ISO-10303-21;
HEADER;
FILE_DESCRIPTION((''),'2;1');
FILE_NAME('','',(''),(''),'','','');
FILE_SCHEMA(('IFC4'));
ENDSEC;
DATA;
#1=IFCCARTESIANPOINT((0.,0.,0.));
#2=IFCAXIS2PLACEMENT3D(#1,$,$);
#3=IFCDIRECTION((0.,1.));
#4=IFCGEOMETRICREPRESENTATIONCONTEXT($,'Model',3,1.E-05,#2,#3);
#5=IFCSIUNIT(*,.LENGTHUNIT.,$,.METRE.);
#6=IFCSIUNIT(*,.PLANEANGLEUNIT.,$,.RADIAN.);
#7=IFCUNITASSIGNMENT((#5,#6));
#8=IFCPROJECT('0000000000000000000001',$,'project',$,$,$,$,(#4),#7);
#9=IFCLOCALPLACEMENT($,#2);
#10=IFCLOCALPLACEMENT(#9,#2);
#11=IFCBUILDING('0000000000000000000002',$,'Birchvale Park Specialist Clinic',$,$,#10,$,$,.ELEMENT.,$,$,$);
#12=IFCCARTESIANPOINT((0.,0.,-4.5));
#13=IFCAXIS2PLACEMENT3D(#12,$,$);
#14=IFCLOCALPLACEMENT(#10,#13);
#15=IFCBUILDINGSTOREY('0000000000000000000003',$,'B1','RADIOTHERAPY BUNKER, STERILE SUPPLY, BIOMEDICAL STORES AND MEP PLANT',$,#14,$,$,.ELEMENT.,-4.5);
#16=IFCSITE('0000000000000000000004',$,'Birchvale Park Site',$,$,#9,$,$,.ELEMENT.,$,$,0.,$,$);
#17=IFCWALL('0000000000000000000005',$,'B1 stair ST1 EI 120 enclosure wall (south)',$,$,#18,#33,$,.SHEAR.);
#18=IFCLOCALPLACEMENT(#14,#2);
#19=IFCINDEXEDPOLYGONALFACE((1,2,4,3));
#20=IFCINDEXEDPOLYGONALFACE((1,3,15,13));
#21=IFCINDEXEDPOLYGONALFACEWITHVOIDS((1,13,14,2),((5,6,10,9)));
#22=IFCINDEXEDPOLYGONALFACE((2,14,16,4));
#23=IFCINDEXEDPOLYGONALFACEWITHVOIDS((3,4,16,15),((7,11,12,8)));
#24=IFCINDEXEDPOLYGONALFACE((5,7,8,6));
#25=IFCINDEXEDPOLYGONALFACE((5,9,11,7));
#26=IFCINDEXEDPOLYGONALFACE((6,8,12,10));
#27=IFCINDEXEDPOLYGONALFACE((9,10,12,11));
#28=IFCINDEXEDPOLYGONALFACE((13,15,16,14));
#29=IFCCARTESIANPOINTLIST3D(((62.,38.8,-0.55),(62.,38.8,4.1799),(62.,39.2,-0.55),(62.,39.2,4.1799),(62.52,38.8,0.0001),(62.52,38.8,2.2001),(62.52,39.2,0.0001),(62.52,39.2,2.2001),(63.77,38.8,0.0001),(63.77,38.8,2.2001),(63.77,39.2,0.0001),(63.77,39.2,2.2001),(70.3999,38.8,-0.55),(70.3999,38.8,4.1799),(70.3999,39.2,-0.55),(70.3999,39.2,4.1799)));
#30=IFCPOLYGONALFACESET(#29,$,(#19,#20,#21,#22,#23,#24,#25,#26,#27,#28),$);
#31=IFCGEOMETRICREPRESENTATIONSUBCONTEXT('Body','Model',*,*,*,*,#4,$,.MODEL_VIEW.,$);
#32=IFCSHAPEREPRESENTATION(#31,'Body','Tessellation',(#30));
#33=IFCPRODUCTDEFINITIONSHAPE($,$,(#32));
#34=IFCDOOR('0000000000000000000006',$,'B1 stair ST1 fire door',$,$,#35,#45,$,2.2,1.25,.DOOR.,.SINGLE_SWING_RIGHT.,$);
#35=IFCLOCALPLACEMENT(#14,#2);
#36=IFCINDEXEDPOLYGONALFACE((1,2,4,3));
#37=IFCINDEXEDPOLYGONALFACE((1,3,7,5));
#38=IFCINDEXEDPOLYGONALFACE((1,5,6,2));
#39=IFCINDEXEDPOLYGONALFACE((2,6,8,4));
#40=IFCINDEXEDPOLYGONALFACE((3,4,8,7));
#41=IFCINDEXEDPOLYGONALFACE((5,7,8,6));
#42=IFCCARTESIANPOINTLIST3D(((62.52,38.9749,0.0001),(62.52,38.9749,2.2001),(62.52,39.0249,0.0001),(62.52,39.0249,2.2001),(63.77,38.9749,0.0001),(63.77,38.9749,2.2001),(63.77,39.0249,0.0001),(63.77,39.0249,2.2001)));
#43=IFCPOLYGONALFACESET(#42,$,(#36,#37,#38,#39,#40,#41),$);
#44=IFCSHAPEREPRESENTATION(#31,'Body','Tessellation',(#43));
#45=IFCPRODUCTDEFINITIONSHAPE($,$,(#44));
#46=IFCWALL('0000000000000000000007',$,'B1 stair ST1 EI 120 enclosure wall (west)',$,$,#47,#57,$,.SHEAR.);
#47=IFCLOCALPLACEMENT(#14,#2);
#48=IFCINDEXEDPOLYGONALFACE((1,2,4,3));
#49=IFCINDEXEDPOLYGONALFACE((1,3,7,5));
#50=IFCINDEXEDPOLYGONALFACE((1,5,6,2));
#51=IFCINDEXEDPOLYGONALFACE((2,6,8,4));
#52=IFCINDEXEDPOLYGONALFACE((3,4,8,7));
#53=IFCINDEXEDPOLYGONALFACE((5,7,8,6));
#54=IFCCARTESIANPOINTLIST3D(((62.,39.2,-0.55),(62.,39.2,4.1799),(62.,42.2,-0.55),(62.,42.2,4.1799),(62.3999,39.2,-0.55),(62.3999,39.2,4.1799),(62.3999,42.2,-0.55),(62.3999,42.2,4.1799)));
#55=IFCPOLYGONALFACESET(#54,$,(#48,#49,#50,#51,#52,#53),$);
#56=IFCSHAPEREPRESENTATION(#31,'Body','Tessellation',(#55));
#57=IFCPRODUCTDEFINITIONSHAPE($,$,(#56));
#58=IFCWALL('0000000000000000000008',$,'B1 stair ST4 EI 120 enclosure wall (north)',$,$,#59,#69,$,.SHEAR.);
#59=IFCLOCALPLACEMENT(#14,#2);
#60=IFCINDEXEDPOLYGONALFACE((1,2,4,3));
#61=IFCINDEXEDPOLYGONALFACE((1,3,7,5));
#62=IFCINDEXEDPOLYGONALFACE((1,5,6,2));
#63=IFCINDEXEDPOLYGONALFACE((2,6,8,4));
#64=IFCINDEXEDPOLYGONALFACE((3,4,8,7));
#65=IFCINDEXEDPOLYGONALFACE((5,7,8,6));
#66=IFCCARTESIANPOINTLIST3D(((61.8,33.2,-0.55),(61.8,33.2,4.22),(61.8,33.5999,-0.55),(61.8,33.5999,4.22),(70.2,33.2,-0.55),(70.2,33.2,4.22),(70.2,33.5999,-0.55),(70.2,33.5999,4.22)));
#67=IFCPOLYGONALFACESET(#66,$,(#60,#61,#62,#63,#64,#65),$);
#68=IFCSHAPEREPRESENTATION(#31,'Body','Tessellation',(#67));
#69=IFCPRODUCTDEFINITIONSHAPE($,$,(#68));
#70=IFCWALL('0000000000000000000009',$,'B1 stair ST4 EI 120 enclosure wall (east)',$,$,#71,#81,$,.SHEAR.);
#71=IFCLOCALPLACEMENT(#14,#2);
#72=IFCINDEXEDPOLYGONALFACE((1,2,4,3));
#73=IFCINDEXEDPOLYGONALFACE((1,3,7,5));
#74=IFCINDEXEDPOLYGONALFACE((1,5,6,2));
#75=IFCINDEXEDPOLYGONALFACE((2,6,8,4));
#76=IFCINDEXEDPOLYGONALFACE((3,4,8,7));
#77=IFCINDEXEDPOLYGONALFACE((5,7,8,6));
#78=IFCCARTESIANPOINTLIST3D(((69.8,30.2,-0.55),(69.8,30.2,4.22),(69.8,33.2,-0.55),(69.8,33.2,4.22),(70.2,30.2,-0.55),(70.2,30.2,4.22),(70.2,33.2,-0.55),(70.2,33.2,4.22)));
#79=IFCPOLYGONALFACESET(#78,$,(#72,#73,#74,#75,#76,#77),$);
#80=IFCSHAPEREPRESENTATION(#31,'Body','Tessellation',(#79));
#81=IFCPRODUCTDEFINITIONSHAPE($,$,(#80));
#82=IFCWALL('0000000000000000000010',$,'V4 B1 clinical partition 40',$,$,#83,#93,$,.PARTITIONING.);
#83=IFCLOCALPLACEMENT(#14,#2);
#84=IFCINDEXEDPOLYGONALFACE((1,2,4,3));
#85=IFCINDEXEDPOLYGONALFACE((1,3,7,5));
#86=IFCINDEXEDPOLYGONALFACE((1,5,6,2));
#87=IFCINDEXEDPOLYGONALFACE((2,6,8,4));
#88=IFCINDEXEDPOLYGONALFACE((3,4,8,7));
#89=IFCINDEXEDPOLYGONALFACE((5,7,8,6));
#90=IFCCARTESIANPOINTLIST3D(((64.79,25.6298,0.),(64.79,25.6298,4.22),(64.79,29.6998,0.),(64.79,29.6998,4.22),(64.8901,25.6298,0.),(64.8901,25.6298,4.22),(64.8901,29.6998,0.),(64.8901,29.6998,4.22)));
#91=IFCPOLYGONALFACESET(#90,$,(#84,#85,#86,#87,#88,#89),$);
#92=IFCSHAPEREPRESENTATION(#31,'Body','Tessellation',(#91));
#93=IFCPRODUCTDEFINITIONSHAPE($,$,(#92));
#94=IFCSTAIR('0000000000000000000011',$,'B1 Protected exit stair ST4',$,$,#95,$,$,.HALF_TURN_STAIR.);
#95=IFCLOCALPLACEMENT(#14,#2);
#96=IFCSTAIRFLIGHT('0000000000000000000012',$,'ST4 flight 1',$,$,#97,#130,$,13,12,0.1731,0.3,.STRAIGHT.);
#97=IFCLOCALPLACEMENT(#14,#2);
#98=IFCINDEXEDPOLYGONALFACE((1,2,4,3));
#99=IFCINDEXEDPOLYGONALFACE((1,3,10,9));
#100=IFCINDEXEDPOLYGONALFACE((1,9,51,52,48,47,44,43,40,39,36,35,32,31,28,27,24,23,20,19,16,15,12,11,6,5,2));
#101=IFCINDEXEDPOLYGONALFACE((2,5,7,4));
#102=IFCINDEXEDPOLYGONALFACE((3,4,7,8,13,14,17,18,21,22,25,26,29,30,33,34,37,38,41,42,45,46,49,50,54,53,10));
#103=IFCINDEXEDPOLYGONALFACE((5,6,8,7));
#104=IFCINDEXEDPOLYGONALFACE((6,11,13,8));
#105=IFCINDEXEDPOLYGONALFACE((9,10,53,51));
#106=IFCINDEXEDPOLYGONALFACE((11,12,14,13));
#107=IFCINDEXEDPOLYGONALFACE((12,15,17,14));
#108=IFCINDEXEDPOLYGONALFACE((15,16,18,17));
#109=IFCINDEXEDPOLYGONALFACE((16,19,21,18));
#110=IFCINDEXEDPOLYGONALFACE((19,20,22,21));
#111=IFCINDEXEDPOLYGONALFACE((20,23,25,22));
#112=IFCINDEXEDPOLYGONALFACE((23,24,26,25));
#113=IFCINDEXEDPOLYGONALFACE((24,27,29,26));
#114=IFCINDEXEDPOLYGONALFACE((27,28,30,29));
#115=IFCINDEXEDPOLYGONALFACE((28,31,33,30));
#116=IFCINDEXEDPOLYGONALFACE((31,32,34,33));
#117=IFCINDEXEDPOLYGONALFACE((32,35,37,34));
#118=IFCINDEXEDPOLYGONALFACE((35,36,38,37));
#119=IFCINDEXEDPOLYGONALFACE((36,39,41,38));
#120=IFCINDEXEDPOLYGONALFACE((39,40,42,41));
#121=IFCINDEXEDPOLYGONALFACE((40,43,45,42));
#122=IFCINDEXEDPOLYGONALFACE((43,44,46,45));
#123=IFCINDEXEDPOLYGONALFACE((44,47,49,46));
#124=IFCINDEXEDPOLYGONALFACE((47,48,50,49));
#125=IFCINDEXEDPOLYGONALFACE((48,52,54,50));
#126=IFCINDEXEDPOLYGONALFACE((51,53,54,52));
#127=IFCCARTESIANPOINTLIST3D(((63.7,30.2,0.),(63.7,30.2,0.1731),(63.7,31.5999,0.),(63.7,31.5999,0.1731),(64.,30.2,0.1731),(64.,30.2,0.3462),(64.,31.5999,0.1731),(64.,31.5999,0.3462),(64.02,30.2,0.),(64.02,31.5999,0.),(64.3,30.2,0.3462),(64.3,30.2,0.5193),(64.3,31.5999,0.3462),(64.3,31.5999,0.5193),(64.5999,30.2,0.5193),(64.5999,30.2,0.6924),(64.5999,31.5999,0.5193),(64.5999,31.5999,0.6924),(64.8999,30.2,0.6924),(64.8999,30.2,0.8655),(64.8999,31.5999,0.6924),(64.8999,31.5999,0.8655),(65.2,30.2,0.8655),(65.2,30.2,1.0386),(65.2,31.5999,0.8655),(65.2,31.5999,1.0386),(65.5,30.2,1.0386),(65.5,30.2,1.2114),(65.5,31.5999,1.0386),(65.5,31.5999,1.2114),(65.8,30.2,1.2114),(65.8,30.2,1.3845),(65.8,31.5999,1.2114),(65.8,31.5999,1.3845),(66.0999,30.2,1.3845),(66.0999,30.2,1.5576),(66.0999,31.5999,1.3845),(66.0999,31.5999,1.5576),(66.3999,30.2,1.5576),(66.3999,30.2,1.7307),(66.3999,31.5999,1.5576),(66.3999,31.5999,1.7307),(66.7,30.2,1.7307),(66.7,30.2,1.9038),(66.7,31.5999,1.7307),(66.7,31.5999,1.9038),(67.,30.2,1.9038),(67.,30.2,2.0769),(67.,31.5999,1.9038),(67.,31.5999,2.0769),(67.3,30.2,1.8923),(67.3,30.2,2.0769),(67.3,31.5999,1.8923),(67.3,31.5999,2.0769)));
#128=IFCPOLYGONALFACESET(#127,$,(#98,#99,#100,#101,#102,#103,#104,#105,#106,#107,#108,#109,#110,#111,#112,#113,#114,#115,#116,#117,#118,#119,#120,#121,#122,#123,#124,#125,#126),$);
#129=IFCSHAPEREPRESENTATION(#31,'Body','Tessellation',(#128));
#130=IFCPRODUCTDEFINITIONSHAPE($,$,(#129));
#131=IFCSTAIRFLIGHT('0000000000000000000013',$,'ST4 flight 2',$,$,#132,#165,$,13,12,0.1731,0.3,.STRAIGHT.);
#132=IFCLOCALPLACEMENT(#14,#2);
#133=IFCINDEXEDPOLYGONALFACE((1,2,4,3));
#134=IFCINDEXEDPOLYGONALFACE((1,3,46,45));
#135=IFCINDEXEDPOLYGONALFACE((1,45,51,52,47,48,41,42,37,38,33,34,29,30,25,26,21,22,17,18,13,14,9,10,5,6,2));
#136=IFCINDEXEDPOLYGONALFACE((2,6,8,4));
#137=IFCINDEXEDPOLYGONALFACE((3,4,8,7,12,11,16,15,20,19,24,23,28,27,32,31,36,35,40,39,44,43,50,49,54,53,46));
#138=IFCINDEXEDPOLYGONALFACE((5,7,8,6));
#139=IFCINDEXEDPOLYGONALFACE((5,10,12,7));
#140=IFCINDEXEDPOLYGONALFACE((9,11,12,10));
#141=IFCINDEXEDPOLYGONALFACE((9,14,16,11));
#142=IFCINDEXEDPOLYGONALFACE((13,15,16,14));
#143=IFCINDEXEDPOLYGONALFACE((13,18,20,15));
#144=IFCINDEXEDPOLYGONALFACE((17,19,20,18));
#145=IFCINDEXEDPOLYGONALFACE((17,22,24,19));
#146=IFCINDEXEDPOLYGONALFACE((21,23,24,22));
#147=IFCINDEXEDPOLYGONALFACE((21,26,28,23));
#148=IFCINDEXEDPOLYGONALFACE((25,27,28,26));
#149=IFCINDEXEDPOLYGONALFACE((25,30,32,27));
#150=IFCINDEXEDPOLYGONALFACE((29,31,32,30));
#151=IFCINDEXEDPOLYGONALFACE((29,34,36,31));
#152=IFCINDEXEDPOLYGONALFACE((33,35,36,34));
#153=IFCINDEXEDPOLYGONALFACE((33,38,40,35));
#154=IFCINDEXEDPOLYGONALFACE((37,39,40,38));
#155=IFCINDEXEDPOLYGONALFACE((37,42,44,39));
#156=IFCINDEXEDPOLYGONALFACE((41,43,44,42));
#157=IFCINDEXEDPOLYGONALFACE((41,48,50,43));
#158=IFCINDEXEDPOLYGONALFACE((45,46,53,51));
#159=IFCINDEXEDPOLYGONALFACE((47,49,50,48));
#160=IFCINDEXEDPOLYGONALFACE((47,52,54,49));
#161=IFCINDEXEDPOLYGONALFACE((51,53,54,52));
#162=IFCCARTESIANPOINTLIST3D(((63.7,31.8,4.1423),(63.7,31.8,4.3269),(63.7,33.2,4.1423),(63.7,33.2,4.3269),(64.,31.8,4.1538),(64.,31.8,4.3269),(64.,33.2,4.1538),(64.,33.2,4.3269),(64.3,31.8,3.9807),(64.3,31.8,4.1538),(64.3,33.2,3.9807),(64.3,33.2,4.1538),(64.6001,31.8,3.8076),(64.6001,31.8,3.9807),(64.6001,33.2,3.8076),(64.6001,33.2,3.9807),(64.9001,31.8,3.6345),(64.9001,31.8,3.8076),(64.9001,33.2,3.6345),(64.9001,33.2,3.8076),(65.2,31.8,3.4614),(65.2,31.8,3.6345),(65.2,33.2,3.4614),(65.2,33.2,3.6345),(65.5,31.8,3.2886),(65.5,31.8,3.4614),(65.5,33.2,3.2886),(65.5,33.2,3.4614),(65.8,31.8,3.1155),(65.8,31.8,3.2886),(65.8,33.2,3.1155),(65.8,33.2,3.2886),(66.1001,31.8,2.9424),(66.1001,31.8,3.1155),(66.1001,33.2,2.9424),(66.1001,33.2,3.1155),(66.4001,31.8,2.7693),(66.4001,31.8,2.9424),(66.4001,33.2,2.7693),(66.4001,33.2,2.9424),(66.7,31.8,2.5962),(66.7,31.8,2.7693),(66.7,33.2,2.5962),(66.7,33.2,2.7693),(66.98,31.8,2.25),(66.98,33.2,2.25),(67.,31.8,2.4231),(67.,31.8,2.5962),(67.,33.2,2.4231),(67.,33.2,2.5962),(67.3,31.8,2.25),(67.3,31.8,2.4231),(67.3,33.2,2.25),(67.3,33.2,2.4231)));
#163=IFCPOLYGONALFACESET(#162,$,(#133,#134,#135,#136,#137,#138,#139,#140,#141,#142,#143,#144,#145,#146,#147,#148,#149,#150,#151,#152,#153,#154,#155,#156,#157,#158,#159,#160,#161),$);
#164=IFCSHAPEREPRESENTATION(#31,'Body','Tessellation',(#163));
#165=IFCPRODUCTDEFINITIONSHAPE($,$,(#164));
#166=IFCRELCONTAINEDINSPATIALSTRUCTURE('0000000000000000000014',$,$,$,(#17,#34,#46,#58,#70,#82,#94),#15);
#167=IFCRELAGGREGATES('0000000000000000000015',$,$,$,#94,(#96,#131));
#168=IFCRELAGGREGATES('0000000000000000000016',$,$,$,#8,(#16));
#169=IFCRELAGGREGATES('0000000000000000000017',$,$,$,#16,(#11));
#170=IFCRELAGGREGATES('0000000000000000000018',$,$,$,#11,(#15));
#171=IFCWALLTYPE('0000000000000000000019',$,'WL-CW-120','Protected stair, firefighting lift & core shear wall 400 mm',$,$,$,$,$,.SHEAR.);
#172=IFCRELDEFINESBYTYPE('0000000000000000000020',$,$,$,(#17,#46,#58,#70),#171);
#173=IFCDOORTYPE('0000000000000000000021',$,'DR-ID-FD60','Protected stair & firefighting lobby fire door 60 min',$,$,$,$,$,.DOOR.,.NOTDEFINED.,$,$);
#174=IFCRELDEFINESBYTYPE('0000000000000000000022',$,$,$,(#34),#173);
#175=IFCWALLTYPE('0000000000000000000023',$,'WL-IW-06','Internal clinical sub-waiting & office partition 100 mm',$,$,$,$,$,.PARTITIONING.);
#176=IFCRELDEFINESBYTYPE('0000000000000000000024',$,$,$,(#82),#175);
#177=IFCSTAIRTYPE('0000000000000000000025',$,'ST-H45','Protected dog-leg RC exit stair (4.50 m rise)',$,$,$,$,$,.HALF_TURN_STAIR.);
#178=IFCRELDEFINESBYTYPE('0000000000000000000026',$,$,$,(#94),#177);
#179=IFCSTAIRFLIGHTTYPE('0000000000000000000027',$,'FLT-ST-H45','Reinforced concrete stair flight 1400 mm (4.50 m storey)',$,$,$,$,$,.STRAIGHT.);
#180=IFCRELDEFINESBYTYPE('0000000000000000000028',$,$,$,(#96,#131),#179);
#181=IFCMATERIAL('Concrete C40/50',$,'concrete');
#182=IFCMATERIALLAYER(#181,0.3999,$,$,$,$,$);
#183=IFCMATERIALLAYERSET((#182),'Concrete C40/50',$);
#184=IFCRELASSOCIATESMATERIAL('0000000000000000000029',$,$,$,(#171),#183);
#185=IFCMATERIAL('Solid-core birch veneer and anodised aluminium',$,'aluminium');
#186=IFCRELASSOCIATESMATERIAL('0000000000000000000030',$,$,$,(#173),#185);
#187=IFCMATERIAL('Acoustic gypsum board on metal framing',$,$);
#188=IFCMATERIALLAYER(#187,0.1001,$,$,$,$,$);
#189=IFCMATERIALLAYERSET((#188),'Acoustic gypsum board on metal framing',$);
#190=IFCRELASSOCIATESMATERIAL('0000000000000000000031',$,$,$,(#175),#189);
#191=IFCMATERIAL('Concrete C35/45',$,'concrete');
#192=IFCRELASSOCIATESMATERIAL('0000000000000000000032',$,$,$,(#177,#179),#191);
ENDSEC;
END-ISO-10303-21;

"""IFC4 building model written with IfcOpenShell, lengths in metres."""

from ifc_helpers import new_model, si_unit, direction, frame, frame_2d, origin, place, context, subcontext, project, spatial, polyline, rectangle, outline, extrude, material, layer, layer_set, type_object, element, fill, aggregate, save


model = new_model("IFC4")

# Units and contexts
model_context = context("Model", 3, precision=1e-05, world=origin(), true_north=direction((0.0, 1.0)))
body_context = subcontext(model_context, "Body", "Model", "MODEL_VIEW")
ifc_project = project(units=[si_unit("LENGTHUNIT", "METRE"), si_unit("PLANEANGLEUNIT", "RADIAN")], contexts=[model_context])

# Site, building, storey
site_placement = place(None, origin())
site = spatial("IfcSite", under=ifc_project, at=site_placement, Name="Birchvale Park Site", CompositionType="ELEMENT", RefElevation=0.0)
building_placement = place(site_placement, origin())
building = spatial("IfcBuilding", under=site, at=building_placement, Name="Birchvale Park Specialist Clinic", CompositionType="ELEMENT")
storey_placement = place(building_placement, frame((0.0, 0.0, -4.5)))
storey = spatial("IfcBuildingStorey", under=building, at=storey_placement, Name="B1", Description="RADIOTHERAPY BUNKER, STERILE SUPPLY, BIOMEDICAL STORES AND MEP PLANT", CompositionType="ELEMENT", Elevation=-4.5)

# Shared definitions
ifc_material_1 = material(Name="Concrete C40/50", Category="concrete")

# Wall, opening, door
ifc_layer_1 = layer(ifc_material_1, 0.3999)
ifc_layer_set_1 = layer_set([ifc_layer_1], Name="Concrete C40/50")
wall_type_1 = type_object("IfcWallType", Name="WL-CW-120", Description="Protected stair, firefighting lift & core shear wall 400 mm", PredefinedType="SHEAR", material=ifc_layer_set_1)
wall_1_placement = place(storey_placement, frame((62.0, 39.0, -0.55), z_axis=(0.0, 0.0, 1.0), x_axis=(1.0, 0.0, 0.0)))
wall_1 = element("IfcWall", 1, at=wall_1_placement, inside=storey, type_object=wall_type_1, Name="B1 stair ST1 EI 120 enclosure wall (south)", PredefinedType="SHEAR", context=body_context, shape_type="SweptSolid", body=[
    extrude(rectangle(XDim=8.3999, YDim=0.3999, at=frame_2d((4.2, 0.0))), origin(), (0.0, 0.0, 1.0), 4.73),
])
opening_placement = place(wall_1_placement, frame((0.52, 0.0, 0.55)))
opening = element("IfcOpeningElement", 2, at=opening_placement, cuts=wall_1, PredefinedType="OPENING", context=body_context, shape_type="SweptSolid", body=[
    extrude(rectangle(XDim=1.25, YDim=2.2, at=frame_2d((0.625, 1.1001))), frame((0.0, 0.21, 0.0), z_axis=(0.0, -1.0, 0.0), x_axis=(1.0, 0.0, 0.0)), (0.0, 0.0, 1.0), 0.4199),
])
ifc_material_2 = material(Name="Solid-core birch veneer and anodised aluminium", Category="aluminium")
door_type = type_object("IfcDoorType", Name="DR-ID-FD60", Description="Protected stair & firefighting lobby fire door 60 min", OperationType="NOTDEFINED", PredefinedType="DOOR", material=ifc_material_2)
door_placement = place(opening_placement, origin())
door = element("IfcDoor", 3, at=door_placement, inside=storey, type_object=door_type, Name="B1 stair ST1 fire door", OperationType="SINGLE_SWING_RIGHT", OverallHeight=2.2, OverallWidth=1.25, PredefinedType="DOOR", context=body_context, shape_type="SweptSolid", body=[
    extrude(rectangle(XDim=1.25, YDim=2.2, at=frame_2d((0.625, 1.1001))), frame((0.0, 0.0249, 0.0), z_axis=(0.0, -1.0, 0.0), x_axis=(1.0, 0.0, 0.0)), (0.0, 0.0, 1.0), 0.05),
])
fill(opening, door)

# Walls
wall_2_placement = place(storey_placement, frame((62.2, 39.2, -0.55), z_axis=(0.0, 0.0, 1.0), x_axis=(0.0, 1.0, 0.0)))
element("IfcWall", 4, at=wall_2_placement, inside=storey, type_object=wall_type_1, Name="B1 stair ST1 EI 120 enclosure wall (west)", PredefinedType="SHEAR", context=body_context, shape_type="SweptSolid", body=[
    extrude(rectangle(XDim=3.0, YDim=0.3999, at=frame_2d((1.5, 0.0))), origin(), (0.0, 0.0, 1.0), 4.73),
])
wall_3_placement = place(storey_placement, frame((70.2, 33.3999, -0.55), z_axis=(0.0, 0.0, 1.0), x_axis=(-1.0, 0.0, 0.0)))
element("IfcWall", 5, at=wall_3_placement, inside=storey, type_object=wall_type_1, Name="B1 stair ST4 EI 120 enclosure wall (north)", PredefinedType="SHEAR", context=body_context, shape_type="SweptSolid", body=[
    extrude(rectangle(XDim=8.3999, YDim=0.3999, at=frame_2d((4.2, 0.0))), origin(), (0.0, 0.0, 1.0), 4.77),
])
wall_4_placement = place(storey_placement, frame((70.0, 33.2, -0.55), z_axis=(0.0, 0.0, 1.0), x_axis=(0.0, -1.0, 0.0)))
element("IfcWall", 6, at=wall_4_placement, inside=storey, type_object=wall_type_1, Name="B1 stair ST4 EI 120 enclosure wall (east)", PredefinedType="SHEAR", context=body_context, shape_type="SweptSolid", body=[
    extrude(rectangle(XDim=3.0, YDim=0.3999, at=frame_2d((1.5, 0.0))), origin(), (0.0, 0.0, 1.0), 4.77),
])
ifc_material_3 = material(Name="Acoustic gypsum board on metal framing")
ifc_layer_2 = layer(ifc_material_3, 0.1001)
ifc_layer_set_2 = layer_set([ifc_layer_2], Name="Acoustic gypsum board on metal framing")
wall_type_2 = type_object("IfcWallType", Name="WL-IW-06", Description="Internal clinical sub-waiting & office partition 100 mm", PredefinedType="PARTITIONING", material=ifc_layer_set_2)
wall_5_placement = place(storey_placement, frame((64.8401, 29.7, 0.0), z_axis=(0.0, 0.0, 1.0), x_axis=(0.0, -1.0, 0.0)))
element("IfcWall", 7, at=wall_5_placement, inside=storey, type_object=wall_type_2, Name="V4 B1 clinical partition 40", PredefinedType="PARTITIONING", context=body_context, shape_type="SweptSolid", body=[
    extrude(rectangle(XDim=4.0701, YDim=0.1001, at=frame_2d((2.0352, 0.0))), origin(), (0.0, 0.0, 1.0), 4.22),
])

# Stair, stair flights
ifc_material_4 = material(Name="Concrete C35/45", Category="concrete")
stair_type = type_object("IfcStairType", Name="ST-H45", Description="Protected dog-leg RC exit stair (4.50 m rise)", PredefinedType="HALF_TURN_STAIR", material=ifc_material_4)
stair_placement = place(storey_placement, origin())
stair = element("IfcStair", 8, at=stair_placement, inside=storey, type_object=stair_type, Name="B1 Protected exit stair ST4", PredefinedType="HALF_TURN_STAIR")
stair_flight_type = type_object("IfcStairFlightType", Name="FLT-ST-H45", Description="Reinforced concrete stair flight 1400 mm (4.50 m storey)", PredefinedType="STRAIGHT", material=ifc_material_4)
stair_flight_1_placement = place(storey_placement, frame((63.7, 30.8999, 0.0), z_axis=(0.0, 0.0, 1.0), x_axis=(1.0, 0.0, 0.0)))
stair_flight_1 = element("IfcStairFlight", 9, at=stair_flight_1_placement, type_object=stair_flight_type, Name="ST4 flight 1", NumberOfRisers=13, NumberOfTreads=12, PredefinedType="STRAIGHT", RiserHeight=0.1731, TreadLength=0.3, context=body_context, shape_type="SweptSolid", body=[
    extrude(outline(polyline([(0.0, 0.0), (0.0, 0.1731), (0.3, 0.1731), (0.3, 0.3462), (0.6001, 0.3462), (0.6001, 0.5193), (0.8999, 0.5193), (0.8999, 0.6924), (1.2, 0.6924), (1.2, 0.8655), (1.5, 0.8655), (1.5, 1.0386), (1.8, 1.0386), (1.8, 1.2114), (2.1001, 1.2114), (2.1001, 1.3845), (2.3999, 1.3845), (2.3999, 1.5576), (2.7, 1.5576), (2.7, 1.7307), (3.0, 1.7307), (3.0, 1.9038), (3.3, 1.9038), (3.3, 2.0769), (3.6001, 2.0769), (3.6001, 2.25), (3.6001, 1.8923), (0.3201, 0.0), (0.0, 0.0)])), frame((0.0, 0.7, 0.0), z_axis=(0.0, -1.0, 0.0), x_axis=(1.0, 0.0, 0.0)), (0.0, 0.0, 1.0), 1.3999),
])
stair_flight_2_placement = place(storey_placement, frame((67.3, 32.5, 2.25), z_axis=(0.0, 0.0, 1.0), x_axis=(-1.0, 0.0, 0.0)))
stair_flight_2 = element("IfcStairFlight", 10, at=stair_flight_2_placement, type_object=stair_flight_type, Name="ST4 flight 2", NumberOfRisers=13, NumberOfTreads=12, PredefinedType="STRAIGHT", RiserHeight=0.1731, TreadLength=0.3, context=body_context, shape_type="SweptSolid", body=[
    extrude(outline(polyline([(0.0, 0.0), (0.0, 0.1731), (0.3, 0.1731), (0.3, 0.3462), (0.6001, 0.3462), (0.6001, 0.5193), (0.8999, 0.5193), (0.8999, 0.6924), (1.2, 0.6924), (1.2, 0.8655), (1.5, 0.8655), (1.5, 1.0386), (1.8, 1.0386), (1.8, 1.2114), (2.1001, 1.2114), (2.1001, 1.3845), (2.3999, 1.3845), (2.3999, 1.5576), (2.7, 1.5576), (2.7, 1.7307), (3.0, 1.7307), (3.0, 1.9038), (3.3, 1.9038), (3.3, 2.0769), (3.6001, 2.0769), (3.6001, 2.25), (3.6001, 1.8923), (0.3201, 0.0), (0.0, 0.0)])), frame((0.0, 0.7, 0.0), z_axis=(0.0, -1.0, 0.0), x_axis=(1.0, 0.0, 0.0)), (0.0, 0.0, 1.0), 1.3999),
])
aggregate(stair, [stair_flight_1, stair_flight_2])

save(model, "model.ifc")
